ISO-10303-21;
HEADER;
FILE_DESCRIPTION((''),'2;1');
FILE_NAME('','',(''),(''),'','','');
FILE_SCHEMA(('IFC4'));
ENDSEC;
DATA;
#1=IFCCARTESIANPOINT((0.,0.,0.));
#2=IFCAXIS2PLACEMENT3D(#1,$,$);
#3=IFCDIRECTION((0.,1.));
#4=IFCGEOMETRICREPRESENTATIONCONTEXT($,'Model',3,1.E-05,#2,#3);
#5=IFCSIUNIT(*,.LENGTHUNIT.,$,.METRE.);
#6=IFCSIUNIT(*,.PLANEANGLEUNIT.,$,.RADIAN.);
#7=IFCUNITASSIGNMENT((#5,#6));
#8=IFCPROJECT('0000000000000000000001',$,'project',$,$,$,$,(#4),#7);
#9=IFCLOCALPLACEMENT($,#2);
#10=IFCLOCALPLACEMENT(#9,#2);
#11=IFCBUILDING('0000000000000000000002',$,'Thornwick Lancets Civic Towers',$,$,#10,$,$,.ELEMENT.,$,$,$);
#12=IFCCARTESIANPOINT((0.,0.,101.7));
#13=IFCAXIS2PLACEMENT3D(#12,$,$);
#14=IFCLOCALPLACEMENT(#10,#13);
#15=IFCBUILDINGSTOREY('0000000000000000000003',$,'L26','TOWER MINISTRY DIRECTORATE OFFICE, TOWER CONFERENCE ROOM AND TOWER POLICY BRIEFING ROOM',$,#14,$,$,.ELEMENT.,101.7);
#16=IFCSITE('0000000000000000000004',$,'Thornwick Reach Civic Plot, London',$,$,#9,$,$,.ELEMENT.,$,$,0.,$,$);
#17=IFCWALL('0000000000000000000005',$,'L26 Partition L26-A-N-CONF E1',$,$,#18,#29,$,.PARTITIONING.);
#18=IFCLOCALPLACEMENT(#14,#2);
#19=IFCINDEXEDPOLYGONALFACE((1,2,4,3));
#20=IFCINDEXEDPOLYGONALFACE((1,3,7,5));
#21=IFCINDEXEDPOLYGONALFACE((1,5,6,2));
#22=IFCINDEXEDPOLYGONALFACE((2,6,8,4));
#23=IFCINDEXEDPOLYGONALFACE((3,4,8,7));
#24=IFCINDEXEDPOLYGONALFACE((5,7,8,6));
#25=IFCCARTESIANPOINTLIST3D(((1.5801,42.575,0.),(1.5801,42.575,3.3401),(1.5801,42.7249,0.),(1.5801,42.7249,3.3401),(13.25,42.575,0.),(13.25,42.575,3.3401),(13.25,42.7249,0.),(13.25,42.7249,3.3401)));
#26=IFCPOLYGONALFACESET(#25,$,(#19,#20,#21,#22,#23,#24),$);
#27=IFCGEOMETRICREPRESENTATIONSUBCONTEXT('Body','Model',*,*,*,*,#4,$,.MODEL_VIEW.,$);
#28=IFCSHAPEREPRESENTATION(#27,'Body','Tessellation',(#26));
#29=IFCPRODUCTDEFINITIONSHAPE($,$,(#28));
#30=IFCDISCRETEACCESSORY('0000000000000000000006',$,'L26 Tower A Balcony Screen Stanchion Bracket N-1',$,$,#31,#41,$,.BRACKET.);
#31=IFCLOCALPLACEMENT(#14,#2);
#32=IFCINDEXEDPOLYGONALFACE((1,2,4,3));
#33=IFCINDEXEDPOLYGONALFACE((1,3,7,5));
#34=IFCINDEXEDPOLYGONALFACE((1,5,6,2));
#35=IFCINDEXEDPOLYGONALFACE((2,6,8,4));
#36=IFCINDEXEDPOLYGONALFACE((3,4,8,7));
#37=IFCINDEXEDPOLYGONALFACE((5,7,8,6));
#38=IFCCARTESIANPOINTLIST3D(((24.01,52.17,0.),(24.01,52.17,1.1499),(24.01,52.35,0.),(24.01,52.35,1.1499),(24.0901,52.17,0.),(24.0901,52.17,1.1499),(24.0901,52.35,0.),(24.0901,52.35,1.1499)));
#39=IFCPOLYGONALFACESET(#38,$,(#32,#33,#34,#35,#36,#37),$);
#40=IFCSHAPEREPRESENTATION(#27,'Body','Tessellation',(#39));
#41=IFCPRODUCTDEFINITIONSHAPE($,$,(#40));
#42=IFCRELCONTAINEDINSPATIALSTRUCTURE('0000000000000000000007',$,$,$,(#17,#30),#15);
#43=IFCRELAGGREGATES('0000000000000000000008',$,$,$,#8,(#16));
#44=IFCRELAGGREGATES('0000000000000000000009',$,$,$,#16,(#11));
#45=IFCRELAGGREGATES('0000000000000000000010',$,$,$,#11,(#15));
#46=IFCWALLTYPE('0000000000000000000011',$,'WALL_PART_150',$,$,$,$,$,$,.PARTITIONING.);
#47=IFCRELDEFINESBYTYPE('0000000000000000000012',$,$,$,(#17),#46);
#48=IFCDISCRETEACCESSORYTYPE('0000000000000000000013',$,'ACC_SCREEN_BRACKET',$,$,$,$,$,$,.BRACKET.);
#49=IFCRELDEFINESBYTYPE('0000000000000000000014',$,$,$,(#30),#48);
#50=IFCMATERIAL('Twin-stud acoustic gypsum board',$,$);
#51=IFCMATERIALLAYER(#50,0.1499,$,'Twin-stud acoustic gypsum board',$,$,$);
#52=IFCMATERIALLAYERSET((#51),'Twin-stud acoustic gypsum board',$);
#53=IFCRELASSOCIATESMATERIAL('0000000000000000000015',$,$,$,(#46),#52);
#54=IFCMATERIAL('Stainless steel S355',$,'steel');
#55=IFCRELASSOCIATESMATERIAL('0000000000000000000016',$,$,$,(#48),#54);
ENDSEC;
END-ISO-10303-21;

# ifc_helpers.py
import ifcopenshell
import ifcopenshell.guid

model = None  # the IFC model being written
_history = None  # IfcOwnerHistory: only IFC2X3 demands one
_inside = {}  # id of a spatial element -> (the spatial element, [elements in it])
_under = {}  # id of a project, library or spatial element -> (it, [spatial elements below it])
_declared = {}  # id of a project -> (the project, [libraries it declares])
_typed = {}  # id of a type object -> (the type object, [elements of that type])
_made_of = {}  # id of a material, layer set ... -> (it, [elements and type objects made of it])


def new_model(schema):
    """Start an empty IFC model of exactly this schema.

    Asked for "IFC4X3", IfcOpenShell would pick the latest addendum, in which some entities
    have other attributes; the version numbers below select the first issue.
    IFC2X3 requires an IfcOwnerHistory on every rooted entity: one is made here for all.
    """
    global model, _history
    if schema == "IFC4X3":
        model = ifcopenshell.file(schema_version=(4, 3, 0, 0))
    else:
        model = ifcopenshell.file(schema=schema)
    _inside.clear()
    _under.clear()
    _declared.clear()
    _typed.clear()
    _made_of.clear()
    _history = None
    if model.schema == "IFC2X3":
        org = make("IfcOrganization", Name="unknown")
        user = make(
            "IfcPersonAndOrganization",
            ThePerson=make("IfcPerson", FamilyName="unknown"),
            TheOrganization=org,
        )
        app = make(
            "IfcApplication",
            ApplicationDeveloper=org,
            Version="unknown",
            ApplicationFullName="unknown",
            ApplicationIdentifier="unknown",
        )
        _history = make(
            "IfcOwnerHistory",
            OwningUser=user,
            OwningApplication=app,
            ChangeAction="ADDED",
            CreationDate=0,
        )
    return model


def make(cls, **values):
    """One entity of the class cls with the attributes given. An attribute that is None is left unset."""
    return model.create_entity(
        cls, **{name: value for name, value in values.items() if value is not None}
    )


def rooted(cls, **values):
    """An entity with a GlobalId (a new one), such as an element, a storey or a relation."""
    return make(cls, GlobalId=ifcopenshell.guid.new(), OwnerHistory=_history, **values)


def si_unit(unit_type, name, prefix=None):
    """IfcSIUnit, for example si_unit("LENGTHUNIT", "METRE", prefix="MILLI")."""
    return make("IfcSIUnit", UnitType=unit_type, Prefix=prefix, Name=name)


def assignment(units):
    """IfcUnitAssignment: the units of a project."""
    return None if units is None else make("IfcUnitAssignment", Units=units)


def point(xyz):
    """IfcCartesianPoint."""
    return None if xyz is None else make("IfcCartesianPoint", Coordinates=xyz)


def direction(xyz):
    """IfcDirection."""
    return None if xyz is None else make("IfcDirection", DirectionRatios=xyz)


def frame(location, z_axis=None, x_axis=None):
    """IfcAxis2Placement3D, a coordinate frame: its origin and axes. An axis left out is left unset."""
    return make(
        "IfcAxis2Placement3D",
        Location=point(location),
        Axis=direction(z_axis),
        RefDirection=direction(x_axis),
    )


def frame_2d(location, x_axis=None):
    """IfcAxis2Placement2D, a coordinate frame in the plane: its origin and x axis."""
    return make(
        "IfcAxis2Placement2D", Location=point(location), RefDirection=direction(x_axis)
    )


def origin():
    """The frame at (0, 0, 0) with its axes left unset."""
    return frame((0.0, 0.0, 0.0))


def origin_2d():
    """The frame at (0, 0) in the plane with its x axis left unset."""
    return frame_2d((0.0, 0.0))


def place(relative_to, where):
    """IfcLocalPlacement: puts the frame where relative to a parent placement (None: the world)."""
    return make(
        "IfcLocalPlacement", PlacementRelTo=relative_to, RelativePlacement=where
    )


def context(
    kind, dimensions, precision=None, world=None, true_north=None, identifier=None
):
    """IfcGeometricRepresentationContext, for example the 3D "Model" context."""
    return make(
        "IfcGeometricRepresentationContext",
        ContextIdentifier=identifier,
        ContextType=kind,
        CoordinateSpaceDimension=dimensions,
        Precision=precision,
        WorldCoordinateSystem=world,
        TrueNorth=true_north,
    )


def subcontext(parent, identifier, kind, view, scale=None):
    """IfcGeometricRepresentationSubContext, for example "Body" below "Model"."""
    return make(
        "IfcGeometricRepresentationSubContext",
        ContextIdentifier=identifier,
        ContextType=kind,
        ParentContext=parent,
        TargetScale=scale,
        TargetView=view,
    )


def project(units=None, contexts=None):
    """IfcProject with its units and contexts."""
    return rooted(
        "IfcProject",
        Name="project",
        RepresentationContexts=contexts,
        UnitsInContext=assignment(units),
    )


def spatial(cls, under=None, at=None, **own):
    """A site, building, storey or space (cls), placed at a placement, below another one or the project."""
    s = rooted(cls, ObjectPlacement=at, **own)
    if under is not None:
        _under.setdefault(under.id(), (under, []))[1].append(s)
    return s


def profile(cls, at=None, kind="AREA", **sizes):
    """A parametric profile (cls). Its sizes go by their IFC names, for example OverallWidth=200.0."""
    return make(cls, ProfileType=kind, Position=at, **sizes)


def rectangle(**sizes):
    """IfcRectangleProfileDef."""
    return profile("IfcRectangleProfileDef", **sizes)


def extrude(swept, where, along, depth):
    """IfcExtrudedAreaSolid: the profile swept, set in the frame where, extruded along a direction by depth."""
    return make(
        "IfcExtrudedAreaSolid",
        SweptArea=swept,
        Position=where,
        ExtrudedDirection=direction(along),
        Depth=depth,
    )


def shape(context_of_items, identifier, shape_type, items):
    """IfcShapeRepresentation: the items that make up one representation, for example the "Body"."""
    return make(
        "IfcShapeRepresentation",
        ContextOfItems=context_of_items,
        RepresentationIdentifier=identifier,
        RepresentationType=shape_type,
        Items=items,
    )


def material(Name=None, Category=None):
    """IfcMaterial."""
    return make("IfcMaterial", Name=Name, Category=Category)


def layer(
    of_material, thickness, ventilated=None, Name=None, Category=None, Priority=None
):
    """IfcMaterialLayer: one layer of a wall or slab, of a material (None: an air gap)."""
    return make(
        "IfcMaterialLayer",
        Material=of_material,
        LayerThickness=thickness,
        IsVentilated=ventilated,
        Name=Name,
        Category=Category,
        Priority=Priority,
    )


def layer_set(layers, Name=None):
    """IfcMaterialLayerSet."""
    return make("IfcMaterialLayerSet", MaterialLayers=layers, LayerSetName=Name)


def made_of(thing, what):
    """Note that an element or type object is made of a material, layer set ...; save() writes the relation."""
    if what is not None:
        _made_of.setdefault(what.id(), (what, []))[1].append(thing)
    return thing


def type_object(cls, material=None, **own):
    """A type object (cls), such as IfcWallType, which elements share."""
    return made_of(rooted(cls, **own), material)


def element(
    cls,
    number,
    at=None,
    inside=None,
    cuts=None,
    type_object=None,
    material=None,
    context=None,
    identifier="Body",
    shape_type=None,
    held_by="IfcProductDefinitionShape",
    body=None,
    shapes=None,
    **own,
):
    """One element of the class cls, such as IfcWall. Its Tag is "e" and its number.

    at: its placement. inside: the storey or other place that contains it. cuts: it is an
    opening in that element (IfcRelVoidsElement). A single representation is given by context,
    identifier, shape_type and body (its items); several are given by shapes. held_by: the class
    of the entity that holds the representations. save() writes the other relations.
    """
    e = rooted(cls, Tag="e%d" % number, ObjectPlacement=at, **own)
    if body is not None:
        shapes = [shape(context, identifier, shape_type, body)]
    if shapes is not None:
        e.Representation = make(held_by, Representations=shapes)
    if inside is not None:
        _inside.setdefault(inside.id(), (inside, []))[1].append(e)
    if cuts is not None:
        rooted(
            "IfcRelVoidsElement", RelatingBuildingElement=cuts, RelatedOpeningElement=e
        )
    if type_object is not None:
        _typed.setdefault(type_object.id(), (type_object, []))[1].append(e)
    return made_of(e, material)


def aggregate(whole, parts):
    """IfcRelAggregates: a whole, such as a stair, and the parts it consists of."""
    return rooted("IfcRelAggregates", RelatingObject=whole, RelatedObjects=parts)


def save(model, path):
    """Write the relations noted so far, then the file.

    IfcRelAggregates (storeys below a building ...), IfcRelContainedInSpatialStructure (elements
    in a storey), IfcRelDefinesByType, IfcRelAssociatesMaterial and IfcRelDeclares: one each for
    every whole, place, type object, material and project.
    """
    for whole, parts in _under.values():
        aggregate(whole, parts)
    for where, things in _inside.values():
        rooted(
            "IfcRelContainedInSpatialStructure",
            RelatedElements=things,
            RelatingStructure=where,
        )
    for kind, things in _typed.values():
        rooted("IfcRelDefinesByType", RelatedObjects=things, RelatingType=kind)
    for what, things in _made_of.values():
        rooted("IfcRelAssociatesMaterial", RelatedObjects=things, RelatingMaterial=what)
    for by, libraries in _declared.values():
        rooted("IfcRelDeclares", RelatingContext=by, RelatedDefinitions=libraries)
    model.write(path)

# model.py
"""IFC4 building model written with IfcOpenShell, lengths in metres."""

from ifc_helpers import new_model, si_unit, direction, frame, frame_2d, origin, origin_2d, place, context, subcontext, project, spatial, rectangle, extrude, material, layer, layer_set, type_object, element, save


model = new_model("IFC4")

# Units and contexts
model_context = context("Model", 3, precision=1e-05, world=origin(), true_north=direction((0.0, 1.0)))
body_context = subcontext(model_context, "Body", "Model", "MODEL_VIEW")
ifc_project = project(units=[si_unit("LENGTHUNIT", "METRE"), si_unit("PLANEANGLEUNIT", "RADIAN")], contexts=[model_context])

# Site, building, storey
site_placement = place(None, origin())
site = spatial("IfcSite", under=ifc_project, at=site_placement, Name="Thornwick Reach Civic Plot, London", CompositionType="ELEMENT", RefElevation=0.0)
building_placement = place(site_placement, origin())
building = spatial("IfcBuilding", under=site, at=building_placement, Name="Thornwick Lancets Civic Towers", CompositionType="ELEMENT")
storey_placement = place(building_placement, frame((0.0, 0.0, 101.7)))
storey = spatial("IfcBuildingStorey", under=building, at=storey_placement, Name="L26", Description="TOWER MINISTRY DIRECTORATE OFFICE, TOWER CONFERENCE ROOM AND TOWER POLICY BRIEFING ROOM", CompositionType="ELEMENT", Elevation=101.7)

# Wall
ifc_material_1 = material(Name="Twin-stud acoustic gypsum board")
ifc_layer_1 = layer(ifc_material_1, 0.1499, Name="Twin-stud acoustic gypsum board")
ifc_layer_set_1 = layer_set([ifc_layer_1], Name="Twin-stud acoustic gypsum board")
wall_type_1 = type_object("IfcWallType", Name="WALL_PART_150", PredefinedType="PARTITIONING", material=ifc_layer_set_1)
wall_1_placement = place(storey_placement, frame((13.25, 42.6499, 0.0), z_axis=(0.0, 0.0, 1.0), x_axis=(-1.0, 0.0, 0.0)))
element("IfcWall", 1, at=wall_1_placement, inside=storey, type_object=wall_type_1, Name="L26 Partition L26-A-N-CONF E1", PredefinedType="PARTITIONING", context=body_context, shape_type="SweptSolid", body=[
    extrude(rectangle(XDim=11.6699, YDim=0.1499, at=frame_2d((5.835, 0.0))), origin(), (0.0, 0.0, 1.0), 3.3401),
])

# Discrete accessory
ifc_material_2 = material(Name="Stainless steel S355", Category="steel")
discrete_accessory_type = type_object("IfcDiscreteAccessoryType", Name="ACC_SCREEN_BRACKET", PredefinedType="BRACKET", material=ifc_material_2)
discrete_accessory_placement = place(storey_placement, frame((24.05, 52.26, 0.0), z_axis=(0.0, 0.0, 1.0), x_axis=(1.0, 0.0, 0.0)))
element("IfcDiscreteAccessory", 2, at=discrete_accessory_placement, inside=storey, type_object=discrete_accessory_type, Name="L26 Tower A Balcony Screen Stanchion Bracket N-1", PredefinedType="BRACKET", context=body_context, shape_type="SweptSolid", body=[
    extrude(rectangle(XDim=0.0801, YDim=0.1799, at=origin_2d()), origin(), (0.0, 0.0, 1.0), 1.1499),
])

save(model, "model.ifc")
